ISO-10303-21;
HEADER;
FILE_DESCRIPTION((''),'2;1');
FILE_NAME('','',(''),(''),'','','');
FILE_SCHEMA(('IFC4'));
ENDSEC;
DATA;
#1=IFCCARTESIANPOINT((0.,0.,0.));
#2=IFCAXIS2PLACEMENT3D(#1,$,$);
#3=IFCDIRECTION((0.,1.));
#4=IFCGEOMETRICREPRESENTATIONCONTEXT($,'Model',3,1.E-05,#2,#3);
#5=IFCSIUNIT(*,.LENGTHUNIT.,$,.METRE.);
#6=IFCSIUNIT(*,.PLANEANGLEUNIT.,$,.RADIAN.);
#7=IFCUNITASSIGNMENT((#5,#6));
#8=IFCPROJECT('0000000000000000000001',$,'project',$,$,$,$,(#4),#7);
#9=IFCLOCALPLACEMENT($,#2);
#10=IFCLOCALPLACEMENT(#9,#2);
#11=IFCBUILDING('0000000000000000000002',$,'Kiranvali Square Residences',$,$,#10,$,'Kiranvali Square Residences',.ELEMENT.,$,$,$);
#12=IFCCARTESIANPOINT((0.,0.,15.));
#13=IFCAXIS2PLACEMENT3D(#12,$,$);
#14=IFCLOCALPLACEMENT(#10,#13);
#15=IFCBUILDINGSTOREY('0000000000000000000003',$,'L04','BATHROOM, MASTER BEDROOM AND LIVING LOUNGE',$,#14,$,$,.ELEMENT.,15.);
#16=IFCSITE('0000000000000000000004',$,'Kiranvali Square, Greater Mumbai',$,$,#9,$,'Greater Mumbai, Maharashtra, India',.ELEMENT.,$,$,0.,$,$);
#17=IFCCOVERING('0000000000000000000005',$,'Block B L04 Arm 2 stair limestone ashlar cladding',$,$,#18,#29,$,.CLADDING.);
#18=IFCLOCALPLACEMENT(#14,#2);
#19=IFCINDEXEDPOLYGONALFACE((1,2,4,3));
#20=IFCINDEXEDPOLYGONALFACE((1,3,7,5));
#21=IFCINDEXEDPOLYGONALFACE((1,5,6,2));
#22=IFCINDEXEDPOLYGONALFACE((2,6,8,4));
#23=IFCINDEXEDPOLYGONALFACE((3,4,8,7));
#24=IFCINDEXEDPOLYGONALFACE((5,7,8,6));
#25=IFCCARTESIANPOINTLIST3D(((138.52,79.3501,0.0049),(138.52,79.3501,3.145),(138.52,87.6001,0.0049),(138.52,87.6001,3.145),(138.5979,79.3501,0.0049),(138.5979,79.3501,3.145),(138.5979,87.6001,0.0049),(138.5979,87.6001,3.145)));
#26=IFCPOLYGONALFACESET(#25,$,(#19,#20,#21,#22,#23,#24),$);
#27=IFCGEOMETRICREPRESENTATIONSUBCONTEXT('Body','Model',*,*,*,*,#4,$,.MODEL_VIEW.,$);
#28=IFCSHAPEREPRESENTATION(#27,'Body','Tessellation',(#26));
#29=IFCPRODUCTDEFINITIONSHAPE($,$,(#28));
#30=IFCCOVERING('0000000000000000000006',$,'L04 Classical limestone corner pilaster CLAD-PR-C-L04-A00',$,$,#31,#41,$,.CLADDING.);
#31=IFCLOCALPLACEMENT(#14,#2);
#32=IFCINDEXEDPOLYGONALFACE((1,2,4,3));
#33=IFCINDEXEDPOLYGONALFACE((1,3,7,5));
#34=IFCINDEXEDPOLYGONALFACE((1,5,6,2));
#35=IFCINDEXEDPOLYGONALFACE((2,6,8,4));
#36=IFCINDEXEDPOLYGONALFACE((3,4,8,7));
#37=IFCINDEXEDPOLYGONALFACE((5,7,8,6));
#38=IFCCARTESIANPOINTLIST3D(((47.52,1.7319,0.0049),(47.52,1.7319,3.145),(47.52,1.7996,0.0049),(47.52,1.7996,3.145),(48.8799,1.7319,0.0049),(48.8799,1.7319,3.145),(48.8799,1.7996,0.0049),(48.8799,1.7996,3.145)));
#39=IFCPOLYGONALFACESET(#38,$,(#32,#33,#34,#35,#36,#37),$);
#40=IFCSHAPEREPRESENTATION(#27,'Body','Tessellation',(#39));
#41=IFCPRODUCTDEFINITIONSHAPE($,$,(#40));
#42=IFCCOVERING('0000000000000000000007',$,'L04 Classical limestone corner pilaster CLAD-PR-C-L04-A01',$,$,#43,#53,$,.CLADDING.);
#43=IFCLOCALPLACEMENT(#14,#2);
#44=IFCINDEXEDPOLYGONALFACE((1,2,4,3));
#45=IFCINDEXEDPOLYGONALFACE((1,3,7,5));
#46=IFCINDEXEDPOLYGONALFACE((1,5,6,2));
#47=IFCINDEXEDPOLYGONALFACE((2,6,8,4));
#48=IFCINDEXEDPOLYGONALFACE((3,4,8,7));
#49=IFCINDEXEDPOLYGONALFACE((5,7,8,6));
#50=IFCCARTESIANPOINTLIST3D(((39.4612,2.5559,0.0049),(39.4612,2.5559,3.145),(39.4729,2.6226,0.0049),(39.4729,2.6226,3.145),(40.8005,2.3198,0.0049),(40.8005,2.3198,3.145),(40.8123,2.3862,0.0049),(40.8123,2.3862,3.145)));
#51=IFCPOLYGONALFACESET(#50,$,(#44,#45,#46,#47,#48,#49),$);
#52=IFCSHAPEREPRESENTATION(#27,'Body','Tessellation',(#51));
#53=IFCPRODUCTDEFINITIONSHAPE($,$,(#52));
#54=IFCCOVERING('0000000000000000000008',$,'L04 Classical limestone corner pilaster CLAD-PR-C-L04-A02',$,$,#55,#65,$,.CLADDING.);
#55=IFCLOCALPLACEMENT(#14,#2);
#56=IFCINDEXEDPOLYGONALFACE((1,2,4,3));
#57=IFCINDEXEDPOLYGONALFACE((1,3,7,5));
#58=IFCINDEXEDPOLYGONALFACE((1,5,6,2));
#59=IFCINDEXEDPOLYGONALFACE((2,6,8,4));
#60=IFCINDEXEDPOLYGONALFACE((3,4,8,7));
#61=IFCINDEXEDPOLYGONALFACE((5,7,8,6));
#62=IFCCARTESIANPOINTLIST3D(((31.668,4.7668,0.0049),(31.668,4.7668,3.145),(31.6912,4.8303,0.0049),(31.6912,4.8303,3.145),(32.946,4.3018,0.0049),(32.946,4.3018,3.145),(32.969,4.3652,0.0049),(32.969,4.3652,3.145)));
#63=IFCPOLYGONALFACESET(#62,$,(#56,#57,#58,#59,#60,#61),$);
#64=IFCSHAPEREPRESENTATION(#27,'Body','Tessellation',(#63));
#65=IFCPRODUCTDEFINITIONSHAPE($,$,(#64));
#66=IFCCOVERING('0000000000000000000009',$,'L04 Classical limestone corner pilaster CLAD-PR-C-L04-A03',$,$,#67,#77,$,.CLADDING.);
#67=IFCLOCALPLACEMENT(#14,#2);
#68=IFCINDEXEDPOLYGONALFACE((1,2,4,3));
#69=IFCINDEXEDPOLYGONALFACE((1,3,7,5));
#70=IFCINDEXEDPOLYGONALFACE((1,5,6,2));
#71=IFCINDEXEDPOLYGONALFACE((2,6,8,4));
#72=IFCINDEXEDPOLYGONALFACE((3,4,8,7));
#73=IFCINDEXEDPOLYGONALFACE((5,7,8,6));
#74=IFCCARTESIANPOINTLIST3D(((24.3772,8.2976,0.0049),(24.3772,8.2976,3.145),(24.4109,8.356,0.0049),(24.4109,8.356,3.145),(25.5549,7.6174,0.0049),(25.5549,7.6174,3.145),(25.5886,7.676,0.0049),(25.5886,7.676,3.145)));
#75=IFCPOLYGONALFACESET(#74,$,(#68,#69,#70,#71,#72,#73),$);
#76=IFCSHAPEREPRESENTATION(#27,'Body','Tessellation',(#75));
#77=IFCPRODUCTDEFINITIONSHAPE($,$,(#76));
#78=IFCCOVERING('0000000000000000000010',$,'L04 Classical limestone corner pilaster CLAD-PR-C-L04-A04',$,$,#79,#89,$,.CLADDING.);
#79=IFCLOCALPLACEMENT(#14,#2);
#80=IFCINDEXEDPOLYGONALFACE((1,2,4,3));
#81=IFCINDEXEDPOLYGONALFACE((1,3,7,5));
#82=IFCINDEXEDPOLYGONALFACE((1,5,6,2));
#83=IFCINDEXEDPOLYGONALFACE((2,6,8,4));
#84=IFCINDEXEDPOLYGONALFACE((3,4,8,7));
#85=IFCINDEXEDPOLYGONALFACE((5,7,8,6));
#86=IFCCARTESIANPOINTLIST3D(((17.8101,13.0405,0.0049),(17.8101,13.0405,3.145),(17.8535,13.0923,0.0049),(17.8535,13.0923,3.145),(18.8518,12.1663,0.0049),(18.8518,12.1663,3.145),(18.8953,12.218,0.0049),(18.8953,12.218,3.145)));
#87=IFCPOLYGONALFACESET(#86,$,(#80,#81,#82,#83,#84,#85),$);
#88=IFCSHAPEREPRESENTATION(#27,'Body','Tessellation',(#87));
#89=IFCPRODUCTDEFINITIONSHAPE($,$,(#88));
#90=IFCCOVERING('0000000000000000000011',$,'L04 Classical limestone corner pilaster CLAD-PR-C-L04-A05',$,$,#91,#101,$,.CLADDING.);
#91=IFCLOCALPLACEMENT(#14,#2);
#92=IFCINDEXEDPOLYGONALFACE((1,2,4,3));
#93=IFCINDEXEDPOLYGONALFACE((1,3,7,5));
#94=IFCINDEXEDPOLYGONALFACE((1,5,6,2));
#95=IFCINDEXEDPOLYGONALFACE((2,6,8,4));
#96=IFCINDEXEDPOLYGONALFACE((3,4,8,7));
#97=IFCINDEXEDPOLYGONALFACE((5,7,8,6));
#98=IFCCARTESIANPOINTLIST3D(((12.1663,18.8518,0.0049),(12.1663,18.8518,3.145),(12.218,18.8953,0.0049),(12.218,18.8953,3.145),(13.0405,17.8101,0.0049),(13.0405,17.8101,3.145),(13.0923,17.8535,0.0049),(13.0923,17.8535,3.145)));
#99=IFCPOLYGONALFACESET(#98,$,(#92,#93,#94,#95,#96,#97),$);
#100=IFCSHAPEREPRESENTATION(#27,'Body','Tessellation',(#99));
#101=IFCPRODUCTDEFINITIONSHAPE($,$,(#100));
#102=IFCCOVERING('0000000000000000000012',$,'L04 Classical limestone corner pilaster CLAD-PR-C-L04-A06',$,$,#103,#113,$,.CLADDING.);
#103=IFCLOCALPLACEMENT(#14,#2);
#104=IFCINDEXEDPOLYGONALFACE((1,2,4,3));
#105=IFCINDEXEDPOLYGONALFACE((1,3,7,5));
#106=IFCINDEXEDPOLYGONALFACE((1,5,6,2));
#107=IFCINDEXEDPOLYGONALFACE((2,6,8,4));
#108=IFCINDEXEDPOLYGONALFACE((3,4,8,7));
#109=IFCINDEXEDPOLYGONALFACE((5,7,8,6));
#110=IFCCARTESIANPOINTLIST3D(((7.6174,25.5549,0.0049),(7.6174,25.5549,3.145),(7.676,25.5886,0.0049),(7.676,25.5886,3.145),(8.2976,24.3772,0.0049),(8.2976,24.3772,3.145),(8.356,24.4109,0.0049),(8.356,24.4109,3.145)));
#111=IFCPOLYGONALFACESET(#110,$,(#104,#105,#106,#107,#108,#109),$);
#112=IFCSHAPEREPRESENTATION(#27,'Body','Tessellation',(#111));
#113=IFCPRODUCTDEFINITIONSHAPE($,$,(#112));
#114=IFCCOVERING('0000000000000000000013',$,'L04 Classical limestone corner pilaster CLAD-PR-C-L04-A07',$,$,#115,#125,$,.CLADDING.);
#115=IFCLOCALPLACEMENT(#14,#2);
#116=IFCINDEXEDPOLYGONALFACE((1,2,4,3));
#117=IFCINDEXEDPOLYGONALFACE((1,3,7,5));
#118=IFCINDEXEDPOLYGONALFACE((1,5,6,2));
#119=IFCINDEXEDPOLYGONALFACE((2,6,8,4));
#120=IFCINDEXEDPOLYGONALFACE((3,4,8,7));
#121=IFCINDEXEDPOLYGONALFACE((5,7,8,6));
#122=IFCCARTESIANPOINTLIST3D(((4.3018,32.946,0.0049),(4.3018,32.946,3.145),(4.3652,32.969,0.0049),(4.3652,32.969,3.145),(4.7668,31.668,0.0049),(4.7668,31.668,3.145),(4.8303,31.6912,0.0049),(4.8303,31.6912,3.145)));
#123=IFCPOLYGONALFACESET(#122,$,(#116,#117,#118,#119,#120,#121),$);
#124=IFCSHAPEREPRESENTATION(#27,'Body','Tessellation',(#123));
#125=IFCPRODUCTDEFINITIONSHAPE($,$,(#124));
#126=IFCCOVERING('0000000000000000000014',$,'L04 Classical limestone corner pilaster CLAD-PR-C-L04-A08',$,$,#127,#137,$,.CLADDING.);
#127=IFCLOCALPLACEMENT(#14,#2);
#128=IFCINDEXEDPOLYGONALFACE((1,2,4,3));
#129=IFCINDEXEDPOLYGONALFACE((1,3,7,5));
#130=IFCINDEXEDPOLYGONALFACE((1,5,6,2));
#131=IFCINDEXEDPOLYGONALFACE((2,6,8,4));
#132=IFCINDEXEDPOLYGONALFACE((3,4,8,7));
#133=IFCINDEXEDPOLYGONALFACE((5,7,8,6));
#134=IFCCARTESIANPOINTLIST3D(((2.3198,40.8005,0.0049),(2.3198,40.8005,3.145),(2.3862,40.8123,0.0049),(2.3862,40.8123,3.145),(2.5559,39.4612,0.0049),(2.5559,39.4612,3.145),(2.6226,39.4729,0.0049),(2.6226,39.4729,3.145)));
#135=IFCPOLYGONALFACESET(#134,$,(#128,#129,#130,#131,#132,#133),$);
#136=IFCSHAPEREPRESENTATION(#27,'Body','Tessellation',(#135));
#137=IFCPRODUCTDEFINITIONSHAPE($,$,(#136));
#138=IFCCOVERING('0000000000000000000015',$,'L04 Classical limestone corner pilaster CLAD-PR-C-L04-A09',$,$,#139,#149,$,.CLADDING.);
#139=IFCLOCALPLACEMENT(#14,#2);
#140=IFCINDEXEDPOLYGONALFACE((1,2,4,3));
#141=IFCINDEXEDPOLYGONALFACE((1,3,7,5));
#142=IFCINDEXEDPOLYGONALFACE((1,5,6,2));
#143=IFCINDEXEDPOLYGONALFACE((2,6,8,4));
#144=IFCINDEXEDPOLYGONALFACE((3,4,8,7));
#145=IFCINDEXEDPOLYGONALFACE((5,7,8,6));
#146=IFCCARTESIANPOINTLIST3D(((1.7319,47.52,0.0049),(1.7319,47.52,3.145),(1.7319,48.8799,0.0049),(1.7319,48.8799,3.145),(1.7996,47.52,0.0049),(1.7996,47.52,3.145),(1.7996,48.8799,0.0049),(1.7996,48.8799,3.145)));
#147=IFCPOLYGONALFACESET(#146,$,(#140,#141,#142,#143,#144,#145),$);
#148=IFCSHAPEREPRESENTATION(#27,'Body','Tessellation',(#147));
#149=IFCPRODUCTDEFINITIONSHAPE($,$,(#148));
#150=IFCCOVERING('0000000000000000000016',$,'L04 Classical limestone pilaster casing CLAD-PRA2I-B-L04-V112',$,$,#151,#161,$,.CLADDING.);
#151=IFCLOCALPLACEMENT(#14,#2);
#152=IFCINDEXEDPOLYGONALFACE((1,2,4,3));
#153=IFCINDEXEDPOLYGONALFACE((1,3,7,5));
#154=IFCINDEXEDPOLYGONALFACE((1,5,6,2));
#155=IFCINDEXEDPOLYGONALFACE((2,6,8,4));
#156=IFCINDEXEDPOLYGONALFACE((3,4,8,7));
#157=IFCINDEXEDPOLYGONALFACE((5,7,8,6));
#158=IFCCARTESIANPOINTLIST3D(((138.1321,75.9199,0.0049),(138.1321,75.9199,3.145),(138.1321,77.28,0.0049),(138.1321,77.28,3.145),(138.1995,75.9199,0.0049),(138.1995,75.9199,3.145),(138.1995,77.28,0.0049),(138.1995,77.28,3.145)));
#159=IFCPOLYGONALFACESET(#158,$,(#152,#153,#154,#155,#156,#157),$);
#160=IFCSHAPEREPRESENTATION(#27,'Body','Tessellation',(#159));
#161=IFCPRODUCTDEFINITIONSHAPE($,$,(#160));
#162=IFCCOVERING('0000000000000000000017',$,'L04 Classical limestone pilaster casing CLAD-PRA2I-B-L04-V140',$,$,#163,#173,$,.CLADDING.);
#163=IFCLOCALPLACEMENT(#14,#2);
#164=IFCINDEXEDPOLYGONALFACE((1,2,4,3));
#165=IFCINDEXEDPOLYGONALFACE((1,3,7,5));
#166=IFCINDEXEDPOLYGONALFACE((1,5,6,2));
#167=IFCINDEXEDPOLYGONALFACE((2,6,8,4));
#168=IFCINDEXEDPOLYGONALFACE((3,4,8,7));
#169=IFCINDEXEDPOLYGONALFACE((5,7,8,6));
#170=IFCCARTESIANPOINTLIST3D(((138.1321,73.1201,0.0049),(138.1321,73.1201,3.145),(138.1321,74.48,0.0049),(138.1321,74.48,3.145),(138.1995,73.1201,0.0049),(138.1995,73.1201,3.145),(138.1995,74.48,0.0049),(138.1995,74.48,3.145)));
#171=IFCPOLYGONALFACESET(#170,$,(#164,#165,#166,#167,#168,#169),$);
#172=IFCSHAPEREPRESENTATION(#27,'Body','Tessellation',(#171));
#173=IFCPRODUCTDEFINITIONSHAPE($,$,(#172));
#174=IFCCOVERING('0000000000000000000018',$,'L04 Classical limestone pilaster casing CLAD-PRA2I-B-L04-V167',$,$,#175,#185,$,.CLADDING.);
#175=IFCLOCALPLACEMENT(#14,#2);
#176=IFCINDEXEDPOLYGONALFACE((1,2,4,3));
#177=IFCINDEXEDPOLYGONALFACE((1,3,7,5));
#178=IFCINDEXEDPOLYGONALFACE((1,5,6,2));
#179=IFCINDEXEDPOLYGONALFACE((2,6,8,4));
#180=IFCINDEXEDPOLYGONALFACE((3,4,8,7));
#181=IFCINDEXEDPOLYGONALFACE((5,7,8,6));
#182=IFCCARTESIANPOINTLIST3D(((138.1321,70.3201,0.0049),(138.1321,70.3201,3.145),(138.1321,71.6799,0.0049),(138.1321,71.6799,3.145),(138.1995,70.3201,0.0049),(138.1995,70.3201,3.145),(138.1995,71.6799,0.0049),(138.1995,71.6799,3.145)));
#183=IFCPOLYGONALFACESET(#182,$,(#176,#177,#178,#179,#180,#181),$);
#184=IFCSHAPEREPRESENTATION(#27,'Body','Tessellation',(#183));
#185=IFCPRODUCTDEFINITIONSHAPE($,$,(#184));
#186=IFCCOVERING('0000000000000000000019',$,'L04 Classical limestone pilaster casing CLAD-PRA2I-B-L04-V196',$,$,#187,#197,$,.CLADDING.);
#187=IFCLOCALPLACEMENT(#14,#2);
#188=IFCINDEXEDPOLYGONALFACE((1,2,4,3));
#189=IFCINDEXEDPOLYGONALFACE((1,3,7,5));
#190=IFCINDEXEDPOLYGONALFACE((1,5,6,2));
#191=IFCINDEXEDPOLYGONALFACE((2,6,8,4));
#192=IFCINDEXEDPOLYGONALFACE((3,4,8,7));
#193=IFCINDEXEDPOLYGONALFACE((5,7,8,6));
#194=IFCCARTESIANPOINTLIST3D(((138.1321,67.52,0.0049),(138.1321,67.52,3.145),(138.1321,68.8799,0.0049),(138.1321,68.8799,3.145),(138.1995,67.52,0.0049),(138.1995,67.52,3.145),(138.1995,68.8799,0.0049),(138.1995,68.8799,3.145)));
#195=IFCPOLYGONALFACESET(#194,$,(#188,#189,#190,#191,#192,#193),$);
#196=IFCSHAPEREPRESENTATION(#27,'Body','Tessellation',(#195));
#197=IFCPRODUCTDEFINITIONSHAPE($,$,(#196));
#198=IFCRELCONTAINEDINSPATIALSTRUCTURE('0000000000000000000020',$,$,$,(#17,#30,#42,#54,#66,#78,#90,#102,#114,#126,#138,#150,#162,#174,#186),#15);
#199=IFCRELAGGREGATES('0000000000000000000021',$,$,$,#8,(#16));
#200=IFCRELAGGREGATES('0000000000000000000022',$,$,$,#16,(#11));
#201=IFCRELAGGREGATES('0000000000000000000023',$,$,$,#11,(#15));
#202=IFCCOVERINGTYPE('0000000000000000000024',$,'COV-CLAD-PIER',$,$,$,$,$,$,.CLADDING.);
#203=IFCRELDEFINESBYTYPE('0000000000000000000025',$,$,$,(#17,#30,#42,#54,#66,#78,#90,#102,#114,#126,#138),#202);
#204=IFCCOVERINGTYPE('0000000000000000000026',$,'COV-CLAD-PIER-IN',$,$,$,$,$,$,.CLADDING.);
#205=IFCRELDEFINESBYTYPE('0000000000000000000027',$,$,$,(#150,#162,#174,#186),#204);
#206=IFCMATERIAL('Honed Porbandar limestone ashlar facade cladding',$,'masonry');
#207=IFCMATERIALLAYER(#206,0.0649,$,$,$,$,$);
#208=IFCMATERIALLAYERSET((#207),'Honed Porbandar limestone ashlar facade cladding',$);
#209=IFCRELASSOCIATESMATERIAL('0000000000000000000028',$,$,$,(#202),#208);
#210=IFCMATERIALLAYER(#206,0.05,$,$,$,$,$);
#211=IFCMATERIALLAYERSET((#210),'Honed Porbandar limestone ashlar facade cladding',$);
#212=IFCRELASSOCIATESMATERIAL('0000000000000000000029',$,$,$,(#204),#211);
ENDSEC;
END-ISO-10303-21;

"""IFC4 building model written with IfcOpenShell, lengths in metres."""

from ifc_helpers import new_model, si_unit, direction, frame, origin, place, context, subcontext, project, spatial, polyline, outline, extrude, material, layer, layer_set, type_object, element, save


model = new_model("IFC4")

# Units and contexts
model_context = context("Model", 3, precision=1e-05, world=origin(), true_north=direction((0.0, 1.0)))
body_context = subcontext(model_context, "Body", "Model", "MODEL_VIEW")
ifc_project = project(units=[si_unit("LENGTHUNIT", "METRE"), si_unit("PLANEANGLEUNIT", "RADIAN")], contexts=[model_context])

# Site, building, storey
site_placement = place(None, origin())
site = spatial("IfcSite", under=ifc_project, at=site_placement, Name="Kiranvali Square, Greater Mumbai", LongName="Greater Mumbai, Maharashtra, India", CompositionType="ELEMENT", RefElevation=0.0)
building_placement = place(site_placement, origin())
building = spatial("IfcBuilding", under=site, at=building_placement, Name="Kiranvali Square Residences", LongName="Kiranvali Square Residences", CompositionType="ELEMENT")
storey_placement = place(building_placement, frame((0.0, 0.0, 15.0)))
storey = spatial("IfcBuildingStorey", under=building, at=storey_placement, Name="L04", Description="BATHROOM, MASTER BEDROOM AND LIVING LOUNGE", CompositionType="ELEMENT", Elevation=15.0)

# Coverings
ifc_material = material(Name="Honed Porbandar limestone ashlar facade cladding", Category="masonry")
ifc_layer_1 = layer(ifc_material, 0.0649)
ifc_layer_set_1 = layer_set([ifc_layer_1], Name="Honed Porbandar limestone ashlar facade cladding")
covering_type_1 = type_object("IfcCoveringType", Name="COV-CLAD-PIER", PredefinedType="CLADDING", material=ifc_layer_set_1)
covering_1_placement = place(storey_placement, frame((0.0, 0.0, 0.0049)))
element("IfcCovering", 1, at=covering_1_placement, inside=storey, type_object=covering_type_1, Name="Block B L04 Arm 2 stair limestone ashlar cladding", PredefinedType="CLADDING", context=body_context, shape_type="SweptSolid", body=[
    extrude(outline(polyline([(138.52, 87.6001), (138.52, 79.3501), (138.5979, 79.3501), (138.5979, 87.6001), (138.52, 87.6001)])), origin(), (0.0, 0.0, 1.0), 3.1401),
])
covering_2_placement = place(storey_placement, frame((0.0, 0.0, 0.0049)))
element("IfcCovering", 2, at=covering_2_placement, inside=storey, type_object=covering_type_1, Name="L04 Classical limestone corner pilaster CLAD-PR-C-L04-A00", PredefinedType="CLADDING", context=body_context, shape_type="SweptSolid", body=[
    extrude(outline(polyline([(47.52, 1.7319), (48.8799, 1.7319), (48.8799, 1.7996), (47.52, 1.7996), (47.52, 1.7319)])), origin(), (0.0, 0.0, 1.0), 3.1401),
])
covering_3_placement = place(storey_placement, frame((0.0, 0.0, 0.0049)))
element("IfcCovering", 3, at=covering_3_placement, inside=storey, type_object=covering_type_1, Name="L04 Classical limestone corner pilaster CLAD-PR-C-L04-A01", PredefinedType="CLADDING", context=body_context, shape_type="SweptSolid", body=[
    extrude(outline(polyline([(39.4612, 2.5559), (40.8005, 2.3198), (40.8123, 2.3862), (39.4729, 2.6226), (39.4612, 2.5559)])), origin(), (0.0, 0.0, 1.0), 3.1401),
])
covering_4_placement = place(storey_placement, frame((0.0, 0.0, 0.0049)))
element("IfcCovering", 4, at=covering_4_placement, inside=storey, type_object=covering_type_1, Name="L04 Classical limestone corner pilaster CLAD-PR-C-L04-A02", PredefinedType="CLADDING", context=body_context, shape_type="SweptSolid", body=[
    extrude(outline(polyline([(31.668, 4.7668), (32.946, 4.3018), (32.969, 4.3652), (31.6912, 4.8303), (31.668, 4.7668)])), origin(), (0.0, 0.0, 1.0), 3.1401),
])
covering_5_placement = place(storey_placement, frame((0.0, 0.0, 0.0049)))
element("IfcCovering", 5, at=covering_5_placement, inside=storey, type_object=covering_type_1, Name="L04 Classical limestone corner pilaster CLAD-PR-C-L04-A03", PredefinedType="CLADDING", context=body_context, shape_type="SweptSolid", body=[
    extrude(outline(polyline([(24.3772, 8.2976), (25.5549, 7.6174), (25.5886, 7.676), (24.4109, 8.356), (24.3772, 8.2976)])), origin(), (0.0, 0.0, 1.0), 3.1401),
])
covering_6_placement = place(storey_placement, frame((0.0, 0.0, 0.0049)))
element("IfcCovering", 6, at=covering_6_placement, inside=storey, type_object=covering_type_1, Name="L04 Classical limestone corner pilaster CLAD-PR-C-L04-A04", PredefinedType="CLADDING", context=body_context, shape_type="SweptSolid", body=[
    extrude(outline(polyline([(17.8101, 13.0405), (18.8518, 12.1663), (18.8953, 12.218), (17.8535, 13.0923), (17.8101, 13.0405)])), origin(), (0.0, 0.0, 1.0), 3.1401),
])
covering_7_placement = place(storey_placement, frame((0.0, 0.0, 0.0049)))
element("IfcCovering", 7, at=covering_7_placement, inside=storey, type_object=covering_type_1, Name="L04 Classical limestone corner pilaster CLAD-PR-C-L04-A05", PredefinedType="CLADDING", context=body_context, shape_type="SweptSolid", body=[
    extrude(outline(polyline([(12.1663, 18.8518), (13.0405, 17.8101), (13.0923, 17.8535), (12.218, 18.8953), (12.1663, 18.8518)])), origin(), (0.0, 0.0, 1.0), 3.1401),
])
covering_8_placement = place(storey_placement, frame((0.0, 0.0, 0.0049)))
element("IfcCovering", 8, at=covering_8_placement, inside=storey, type_object=covering_type_1, Name="L04 Classical limestone corner pilaster CLAD-PR-C-L04-A06", PredefinedType="CLADDING", context=body_context, shape_type="SweptSolid", body=[
    extrude(outline(polyline([(7.6174, 25.5549), (8.2976, 24.3772), (8.356, 24.4109), (7.676, 25.5886), (7.6174, 25.5549)])), origin(), (0.0, 0.0, 1.0), 3.1401),
])
covering_9_placement = place(storey_placement, frame((0.0, 0.0, 0.0049)))
element("IfcCovering", 9, at=covering_9_placement, inside=storey, type_object=covering_type_1, Name="L04 Classical limestone corner pilaster CLAD-PR-C-L04-A07", PredefinedType="CLADDING", context=body_context, shape_type="SweptSolid", body=[
    extrude(outline(polyline([(4.3018, 32.946), (4.7668, 31.668), (4.8303, 31.6912), (4.3652, 32.969), (4.3018, 32.946)])), origin(), (0.0, 0.0, 1.0), 3.1401),
])
covering_10_placement = place(storey_placement, frame((0.0, 0.0, 0.0049)))
element("IfcCovering", 10, at=covering_10_placement, inside=storey, type_object=covering_type_1, Name="L04 Classical limestone corner pilaster CLAD-PR-C-L04-A08", PredefinedType="CLADDING", context=body_context, shape_type="SweptSolid", body=[
    extrude(outline(polyline([(2.3198, 40.8005), (2.5559, 39.4612), (2.6226, 39.4729), (2.3862, 40.8123), (2.3198, 40.8005)])), origin(), (0.0, 0.0, 1.0), 3.1401),
])
covering_11_placement = place(storey_placement, frame((0.0, 0.0, 0.0049)))
element("IfcCovering", 11, at=covering_11_placement, inside=storey, type_object=covering_type_1, Name="L04 Classical limestone corner pilaster CLAD-PR-C-L04-A09", PredefinedType="CLADDING", context=body_context, shape_type="SweptSolid", body=[
    extrude(outline(polyline([(1.7319, 48.8799), (1.7319, 47.52), (1.7996, 47.52), (1.7996, 48.8799), (1.7319, 48.8799)])), origin(), (0.0, 0.0, 1.0), 3.1401),
])
ifc_layer_2 = layer(ifc_material, 0.05)
ifc_layer_set_2 = layer_set([ifc_layer_2], Name="Honed Porbandar limestone ashlar facade cladding")
covering_type_2 = type_object("IfcCoveringType", Name="COV-CLAD-PIER-IN", PredefinedType="CLADDING", material=ifc_layer_set_2)
covering_12_placement = place(storey_placement, frame((0.0, 0.0, 0.0049)))
element("IfcCovering", 12, at=covering_12_placement, inside=storey, type_object=covering_type_2, Name="L04 Classical limestone pilaster casing CLAD-PRA2I-B-L04-V112", PredefinedType="CLADDING", context=body_context, shape_type="SweptSolid", body=[
    extrude(outline(polyline([(138.1321, 77.28), (138.1321, 75.9199), (138.1995, 75.9199), (138.1995, 77.28), (138.1321, 77.28)])), origin(), (0.0, 0.0, 1.0), 3.1401),
])
covering_13_placement = place(storey_placement, frame((0.0, 0.0, 0.0049)))
element("IfcCovering", 13, at=covering_13_placement, inside=storey, type_object=covering_type_2, Name="L04 Classical limestone pilaster casing CLAD-PRA2I-B-L04-V140", PredefinedType="CLADDING", context=body_context, shape_type="SweptSolid", body=[
    extrude(outline(polyline([(138.1321, 74.48), (138.1321, 73.1201), (138.1995, 73.1201), (138.1995, 74.48), (138.1321, 74.48)])), origin(), (0.0, 0.0, 1.0), 3.1401),
])
covering_14_placement = place(storey_placement, frame((0.0, 0.0, 0.0049)))
element("IfcCovering", 14, at=covering_14_placement, inside=storey, type_object=covering_type_2, Name="L04 Classical limestone pilaster casing CLAD-PRA2I-B-L04-V167", PredefinedType="CLADDING", context=body_context, shape_type="SweptSolid", body=[
    extrude(outline(polyline([(138.1321, 71.6799), (138.1321, 70.3201), (138.1995, 70.3201), (138.1995, 71.6799), (138.1321, 71.6799)])), origin(), (0.0, 0.0, 1.0), 3.1401),
])
covering_15_placement = place(storey_placement, frame((0.0, 0.0, 0.0049)))
element("IfcCovering", 15, at=covering_15_placement, inside=storey, type_object=covering_type_2, Name="L04 Classical limestone pilaster casing CLAD-PRA2I-B-L04-V196", PredefinedType="CLADDING", context=body_context, shape_type="SweptSolid", body=[
    extrude(outline(polyline([(138.1321, 68.8799), (138.1321, 67.52), (138.1995, 67.52), (138.1995, 68.8799), (138.1321, 68.8799)])), origin(), (0.0, 0.0, 1.0), 3.1401),
])

save(model, "model.ifc")
